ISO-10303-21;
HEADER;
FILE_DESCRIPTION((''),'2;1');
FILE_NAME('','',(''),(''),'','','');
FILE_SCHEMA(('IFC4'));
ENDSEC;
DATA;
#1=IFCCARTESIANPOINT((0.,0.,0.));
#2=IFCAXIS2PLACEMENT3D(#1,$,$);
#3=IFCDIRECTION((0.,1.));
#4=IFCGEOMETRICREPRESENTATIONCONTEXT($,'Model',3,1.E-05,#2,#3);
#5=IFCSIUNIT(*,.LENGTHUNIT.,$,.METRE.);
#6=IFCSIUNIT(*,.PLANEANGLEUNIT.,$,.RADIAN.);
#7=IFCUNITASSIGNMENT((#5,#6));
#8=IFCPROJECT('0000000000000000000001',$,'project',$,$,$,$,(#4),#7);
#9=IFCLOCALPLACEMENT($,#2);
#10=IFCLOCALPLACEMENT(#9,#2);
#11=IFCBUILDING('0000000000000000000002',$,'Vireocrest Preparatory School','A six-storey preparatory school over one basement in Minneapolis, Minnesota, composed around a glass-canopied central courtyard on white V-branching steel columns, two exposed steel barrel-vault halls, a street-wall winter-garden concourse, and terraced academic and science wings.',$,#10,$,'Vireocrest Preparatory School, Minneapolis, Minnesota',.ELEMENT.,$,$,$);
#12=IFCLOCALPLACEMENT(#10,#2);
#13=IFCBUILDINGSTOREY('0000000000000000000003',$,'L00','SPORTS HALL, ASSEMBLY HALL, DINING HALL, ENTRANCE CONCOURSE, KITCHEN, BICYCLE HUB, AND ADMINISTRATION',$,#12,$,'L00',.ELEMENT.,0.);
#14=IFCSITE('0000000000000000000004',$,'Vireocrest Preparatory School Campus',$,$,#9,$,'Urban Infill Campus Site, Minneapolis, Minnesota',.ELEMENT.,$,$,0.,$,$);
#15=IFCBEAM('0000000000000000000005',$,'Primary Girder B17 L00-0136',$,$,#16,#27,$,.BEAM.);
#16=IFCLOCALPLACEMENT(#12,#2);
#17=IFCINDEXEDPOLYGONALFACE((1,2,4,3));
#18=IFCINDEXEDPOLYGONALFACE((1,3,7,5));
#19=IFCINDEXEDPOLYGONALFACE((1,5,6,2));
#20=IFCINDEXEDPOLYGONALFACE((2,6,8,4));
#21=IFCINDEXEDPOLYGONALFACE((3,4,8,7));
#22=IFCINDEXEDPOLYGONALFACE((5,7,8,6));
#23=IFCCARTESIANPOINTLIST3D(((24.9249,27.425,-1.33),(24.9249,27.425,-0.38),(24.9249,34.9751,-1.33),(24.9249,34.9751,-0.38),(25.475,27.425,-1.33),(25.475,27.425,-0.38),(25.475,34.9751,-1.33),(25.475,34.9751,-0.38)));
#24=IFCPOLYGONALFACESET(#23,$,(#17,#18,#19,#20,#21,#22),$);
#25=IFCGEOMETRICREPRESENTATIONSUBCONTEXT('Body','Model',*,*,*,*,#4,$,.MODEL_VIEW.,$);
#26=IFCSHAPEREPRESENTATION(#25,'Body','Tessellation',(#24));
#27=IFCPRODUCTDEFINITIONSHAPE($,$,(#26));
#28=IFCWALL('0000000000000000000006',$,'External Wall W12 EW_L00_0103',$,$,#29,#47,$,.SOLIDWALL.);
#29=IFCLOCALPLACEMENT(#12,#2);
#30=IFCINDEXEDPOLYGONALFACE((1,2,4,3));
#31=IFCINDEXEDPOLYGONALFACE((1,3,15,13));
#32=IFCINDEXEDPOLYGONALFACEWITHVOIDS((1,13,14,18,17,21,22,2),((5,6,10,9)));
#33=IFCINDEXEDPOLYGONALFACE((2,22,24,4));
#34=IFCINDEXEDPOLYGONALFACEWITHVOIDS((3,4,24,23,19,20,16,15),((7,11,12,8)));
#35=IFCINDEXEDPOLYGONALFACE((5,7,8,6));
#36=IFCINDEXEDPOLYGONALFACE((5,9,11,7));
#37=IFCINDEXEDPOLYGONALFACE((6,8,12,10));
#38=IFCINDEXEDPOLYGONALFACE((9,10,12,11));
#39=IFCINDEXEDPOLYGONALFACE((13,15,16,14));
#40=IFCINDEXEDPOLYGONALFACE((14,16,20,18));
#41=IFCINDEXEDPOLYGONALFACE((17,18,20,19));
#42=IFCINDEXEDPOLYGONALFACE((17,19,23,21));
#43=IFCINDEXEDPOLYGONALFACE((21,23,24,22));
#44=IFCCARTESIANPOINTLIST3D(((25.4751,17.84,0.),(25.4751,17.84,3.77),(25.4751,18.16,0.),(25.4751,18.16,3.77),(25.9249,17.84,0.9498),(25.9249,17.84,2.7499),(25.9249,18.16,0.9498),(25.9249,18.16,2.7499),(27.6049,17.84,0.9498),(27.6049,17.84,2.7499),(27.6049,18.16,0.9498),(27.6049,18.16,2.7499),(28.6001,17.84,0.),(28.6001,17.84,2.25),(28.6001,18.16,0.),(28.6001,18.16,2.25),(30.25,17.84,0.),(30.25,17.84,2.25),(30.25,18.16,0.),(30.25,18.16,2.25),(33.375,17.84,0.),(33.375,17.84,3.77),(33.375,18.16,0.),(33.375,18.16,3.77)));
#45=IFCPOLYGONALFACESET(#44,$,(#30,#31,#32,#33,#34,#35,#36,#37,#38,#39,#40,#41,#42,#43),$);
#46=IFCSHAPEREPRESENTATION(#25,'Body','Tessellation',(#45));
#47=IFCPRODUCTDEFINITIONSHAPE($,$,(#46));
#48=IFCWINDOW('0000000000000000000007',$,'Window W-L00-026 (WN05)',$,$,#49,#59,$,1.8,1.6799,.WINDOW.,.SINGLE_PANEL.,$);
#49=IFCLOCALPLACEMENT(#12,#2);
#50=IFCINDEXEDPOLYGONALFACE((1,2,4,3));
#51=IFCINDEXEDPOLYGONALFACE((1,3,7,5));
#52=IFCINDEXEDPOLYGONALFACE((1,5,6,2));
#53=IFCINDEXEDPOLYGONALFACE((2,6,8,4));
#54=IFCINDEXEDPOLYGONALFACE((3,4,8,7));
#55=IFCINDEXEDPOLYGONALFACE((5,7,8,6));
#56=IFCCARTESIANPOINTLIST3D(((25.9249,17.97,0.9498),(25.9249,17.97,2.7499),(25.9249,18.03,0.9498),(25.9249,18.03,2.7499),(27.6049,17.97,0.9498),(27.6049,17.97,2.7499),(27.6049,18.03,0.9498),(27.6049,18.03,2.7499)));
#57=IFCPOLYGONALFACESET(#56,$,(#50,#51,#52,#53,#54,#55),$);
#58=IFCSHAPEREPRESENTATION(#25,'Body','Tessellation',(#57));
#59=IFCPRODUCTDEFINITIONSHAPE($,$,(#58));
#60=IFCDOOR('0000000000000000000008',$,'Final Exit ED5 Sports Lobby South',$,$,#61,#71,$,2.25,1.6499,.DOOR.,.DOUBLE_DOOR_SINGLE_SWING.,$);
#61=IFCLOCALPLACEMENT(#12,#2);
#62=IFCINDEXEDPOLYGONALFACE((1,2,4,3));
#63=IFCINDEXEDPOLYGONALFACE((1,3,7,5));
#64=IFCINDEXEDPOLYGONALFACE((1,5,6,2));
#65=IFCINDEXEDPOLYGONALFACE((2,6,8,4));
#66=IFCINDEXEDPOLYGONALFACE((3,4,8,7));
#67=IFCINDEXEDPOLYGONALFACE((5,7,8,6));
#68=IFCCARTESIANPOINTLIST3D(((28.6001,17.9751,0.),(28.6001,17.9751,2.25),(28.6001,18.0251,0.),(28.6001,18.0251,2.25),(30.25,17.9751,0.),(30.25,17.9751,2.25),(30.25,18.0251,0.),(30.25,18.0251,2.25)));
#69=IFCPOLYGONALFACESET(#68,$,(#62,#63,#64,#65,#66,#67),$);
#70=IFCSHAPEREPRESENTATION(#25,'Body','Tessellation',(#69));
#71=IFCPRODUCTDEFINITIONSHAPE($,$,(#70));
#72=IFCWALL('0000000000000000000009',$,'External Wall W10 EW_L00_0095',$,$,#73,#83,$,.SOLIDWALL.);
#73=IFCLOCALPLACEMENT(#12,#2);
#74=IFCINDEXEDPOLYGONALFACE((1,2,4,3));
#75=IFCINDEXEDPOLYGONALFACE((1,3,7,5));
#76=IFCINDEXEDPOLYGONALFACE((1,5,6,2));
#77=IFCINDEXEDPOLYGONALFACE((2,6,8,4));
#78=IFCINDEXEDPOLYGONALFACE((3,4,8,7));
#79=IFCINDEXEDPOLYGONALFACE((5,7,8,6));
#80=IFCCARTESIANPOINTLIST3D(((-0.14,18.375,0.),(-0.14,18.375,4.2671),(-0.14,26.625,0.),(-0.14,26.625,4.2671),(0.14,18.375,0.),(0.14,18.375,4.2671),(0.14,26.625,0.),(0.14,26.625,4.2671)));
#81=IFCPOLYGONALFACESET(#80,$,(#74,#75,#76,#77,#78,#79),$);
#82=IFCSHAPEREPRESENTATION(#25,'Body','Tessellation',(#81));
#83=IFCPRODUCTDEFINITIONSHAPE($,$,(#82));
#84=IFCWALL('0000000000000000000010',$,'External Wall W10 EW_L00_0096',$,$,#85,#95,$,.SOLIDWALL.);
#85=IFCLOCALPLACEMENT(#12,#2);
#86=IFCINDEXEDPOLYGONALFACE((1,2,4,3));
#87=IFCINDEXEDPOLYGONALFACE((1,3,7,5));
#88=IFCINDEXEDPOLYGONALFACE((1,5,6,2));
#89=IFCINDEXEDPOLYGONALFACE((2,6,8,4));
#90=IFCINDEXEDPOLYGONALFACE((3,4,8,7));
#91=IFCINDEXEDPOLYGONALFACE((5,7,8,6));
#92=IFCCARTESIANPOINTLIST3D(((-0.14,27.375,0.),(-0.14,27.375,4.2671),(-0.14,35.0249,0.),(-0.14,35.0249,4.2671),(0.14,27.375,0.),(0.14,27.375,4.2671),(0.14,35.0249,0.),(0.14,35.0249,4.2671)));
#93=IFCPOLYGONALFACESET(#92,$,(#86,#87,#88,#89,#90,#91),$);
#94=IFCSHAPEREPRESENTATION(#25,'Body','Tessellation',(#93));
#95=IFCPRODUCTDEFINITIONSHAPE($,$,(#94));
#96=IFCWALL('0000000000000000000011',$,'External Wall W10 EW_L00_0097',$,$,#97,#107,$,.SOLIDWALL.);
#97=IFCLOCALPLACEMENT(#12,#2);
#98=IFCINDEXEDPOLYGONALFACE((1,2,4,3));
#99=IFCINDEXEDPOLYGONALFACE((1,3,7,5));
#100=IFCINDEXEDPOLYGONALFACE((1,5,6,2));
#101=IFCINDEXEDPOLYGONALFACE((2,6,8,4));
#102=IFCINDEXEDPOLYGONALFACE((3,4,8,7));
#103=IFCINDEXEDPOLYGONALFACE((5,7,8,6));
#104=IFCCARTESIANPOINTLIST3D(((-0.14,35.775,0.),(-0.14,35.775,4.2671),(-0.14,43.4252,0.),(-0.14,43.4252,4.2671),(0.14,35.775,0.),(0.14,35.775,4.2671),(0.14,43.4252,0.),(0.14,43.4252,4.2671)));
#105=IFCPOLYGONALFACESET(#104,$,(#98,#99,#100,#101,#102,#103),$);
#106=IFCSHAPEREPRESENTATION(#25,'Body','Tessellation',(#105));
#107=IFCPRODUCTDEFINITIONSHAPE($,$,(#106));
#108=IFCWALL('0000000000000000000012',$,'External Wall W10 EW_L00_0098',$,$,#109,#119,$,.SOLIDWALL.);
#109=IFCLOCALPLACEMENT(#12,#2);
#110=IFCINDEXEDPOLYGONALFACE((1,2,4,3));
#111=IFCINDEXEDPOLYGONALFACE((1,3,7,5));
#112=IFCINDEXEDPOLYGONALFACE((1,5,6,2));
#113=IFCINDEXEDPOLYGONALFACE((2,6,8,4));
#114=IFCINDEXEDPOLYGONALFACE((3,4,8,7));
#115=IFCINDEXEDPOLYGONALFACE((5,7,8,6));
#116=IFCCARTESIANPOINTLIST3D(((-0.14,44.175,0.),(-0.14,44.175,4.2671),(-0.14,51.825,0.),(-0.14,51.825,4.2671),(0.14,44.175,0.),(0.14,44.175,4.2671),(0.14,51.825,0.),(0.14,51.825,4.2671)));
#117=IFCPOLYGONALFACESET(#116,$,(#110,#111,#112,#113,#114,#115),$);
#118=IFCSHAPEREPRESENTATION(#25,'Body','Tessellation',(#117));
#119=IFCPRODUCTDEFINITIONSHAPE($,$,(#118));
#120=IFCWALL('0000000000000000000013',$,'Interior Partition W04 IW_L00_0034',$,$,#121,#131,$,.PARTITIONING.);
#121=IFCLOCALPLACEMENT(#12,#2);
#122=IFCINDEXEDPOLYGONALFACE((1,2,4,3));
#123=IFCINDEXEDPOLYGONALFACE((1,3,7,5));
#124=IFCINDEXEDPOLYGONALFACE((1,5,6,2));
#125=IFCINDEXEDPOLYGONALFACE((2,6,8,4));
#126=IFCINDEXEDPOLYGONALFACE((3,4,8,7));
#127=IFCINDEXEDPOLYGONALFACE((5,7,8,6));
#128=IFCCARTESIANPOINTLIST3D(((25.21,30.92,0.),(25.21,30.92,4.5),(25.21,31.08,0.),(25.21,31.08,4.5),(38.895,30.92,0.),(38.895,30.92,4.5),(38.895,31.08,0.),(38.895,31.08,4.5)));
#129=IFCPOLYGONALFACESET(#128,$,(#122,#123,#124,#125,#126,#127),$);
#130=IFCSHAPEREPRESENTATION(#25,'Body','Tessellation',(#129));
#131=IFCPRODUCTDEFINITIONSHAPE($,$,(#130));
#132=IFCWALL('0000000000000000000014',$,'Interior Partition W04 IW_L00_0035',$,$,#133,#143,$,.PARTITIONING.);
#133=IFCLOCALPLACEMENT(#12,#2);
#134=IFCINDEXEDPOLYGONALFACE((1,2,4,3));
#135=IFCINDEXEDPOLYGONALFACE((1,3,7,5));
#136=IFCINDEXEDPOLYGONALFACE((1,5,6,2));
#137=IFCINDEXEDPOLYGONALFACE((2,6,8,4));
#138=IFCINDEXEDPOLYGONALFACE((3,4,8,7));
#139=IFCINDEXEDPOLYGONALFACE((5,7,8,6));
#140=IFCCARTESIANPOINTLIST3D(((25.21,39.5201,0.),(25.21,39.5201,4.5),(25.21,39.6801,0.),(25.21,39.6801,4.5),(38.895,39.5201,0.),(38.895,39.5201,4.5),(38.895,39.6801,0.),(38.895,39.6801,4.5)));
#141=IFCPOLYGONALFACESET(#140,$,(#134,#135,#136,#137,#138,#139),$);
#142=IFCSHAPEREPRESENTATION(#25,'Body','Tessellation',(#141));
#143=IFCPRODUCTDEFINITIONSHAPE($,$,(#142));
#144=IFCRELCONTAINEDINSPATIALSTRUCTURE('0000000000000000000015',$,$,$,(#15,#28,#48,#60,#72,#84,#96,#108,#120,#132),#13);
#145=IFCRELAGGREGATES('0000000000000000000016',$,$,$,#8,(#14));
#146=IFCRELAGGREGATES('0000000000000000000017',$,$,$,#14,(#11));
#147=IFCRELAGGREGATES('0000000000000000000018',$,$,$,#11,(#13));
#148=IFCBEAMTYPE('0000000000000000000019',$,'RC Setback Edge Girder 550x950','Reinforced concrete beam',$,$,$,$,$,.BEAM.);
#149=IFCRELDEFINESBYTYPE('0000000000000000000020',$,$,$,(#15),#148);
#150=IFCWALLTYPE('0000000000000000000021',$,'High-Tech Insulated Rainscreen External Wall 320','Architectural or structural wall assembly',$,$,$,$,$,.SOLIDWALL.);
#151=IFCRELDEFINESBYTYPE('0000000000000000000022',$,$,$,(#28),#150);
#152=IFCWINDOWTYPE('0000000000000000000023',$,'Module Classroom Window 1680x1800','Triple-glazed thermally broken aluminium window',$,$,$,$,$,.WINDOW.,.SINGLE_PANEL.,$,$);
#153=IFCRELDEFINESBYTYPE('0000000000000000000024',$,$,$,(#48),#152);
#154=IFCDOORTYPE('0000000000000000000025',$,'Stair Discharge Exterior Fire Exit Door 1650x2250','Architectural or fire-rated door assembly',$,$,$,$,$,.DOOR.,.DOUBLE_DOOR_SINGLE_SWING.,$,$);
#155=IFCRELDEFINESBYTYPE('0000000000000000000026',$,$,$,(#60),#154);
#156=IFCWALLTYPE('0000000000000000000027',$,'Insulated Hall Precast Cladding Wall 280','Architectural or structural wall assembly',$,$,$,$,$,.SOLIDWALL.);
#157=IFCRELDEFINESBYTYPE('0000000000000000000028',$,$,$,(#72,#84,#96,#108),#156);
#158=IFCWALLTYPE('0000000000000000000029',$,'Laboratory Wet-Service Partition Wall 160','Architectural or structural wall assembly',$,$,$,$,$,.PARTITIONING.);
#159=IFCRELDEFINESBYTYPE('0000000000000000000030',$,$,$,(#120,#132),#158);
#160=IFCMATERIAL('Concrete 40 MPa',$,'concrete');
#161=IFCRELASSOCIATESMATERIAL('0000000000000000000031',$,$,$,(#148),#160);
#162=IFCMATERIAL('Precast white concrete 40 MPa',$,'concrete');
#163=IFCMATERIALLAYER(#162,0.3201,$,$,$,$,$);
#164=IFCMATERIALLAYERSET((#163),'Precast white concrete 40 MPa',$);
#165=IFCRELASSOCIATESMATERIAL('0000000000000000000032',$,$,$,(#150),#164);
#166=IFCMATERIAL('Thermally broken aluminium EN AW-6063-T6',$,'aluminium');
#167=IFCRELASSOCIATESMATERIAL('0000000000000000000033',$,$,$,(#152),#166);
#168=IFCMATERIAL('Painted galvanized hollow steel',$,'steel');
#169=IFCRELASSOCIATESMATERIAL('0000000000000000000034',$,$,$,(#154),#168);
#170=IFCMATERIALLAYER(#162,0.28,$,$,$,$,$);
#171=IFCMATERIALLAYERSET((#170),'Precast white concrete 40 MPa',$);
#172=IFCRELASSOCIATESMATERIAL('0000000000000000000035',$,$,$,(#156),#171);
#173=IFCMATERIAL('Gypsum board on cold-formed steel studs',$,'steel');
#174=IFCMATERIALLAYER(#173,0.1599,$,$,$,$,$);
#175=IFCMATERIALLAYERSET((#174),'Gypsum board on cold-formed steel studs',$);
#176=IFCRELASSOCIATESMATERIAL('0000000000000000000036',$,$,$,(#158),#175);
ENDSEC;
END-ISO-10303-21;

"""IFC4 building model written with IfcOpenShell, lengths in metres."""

from ifc_helpers import new_model, si_unit, direction, frame, frame_2d, origin, origin_2d, place, context, subcontext, project, spatial, rectangle, extrude, material, layer, layer_set, material_profile, profile_set, type_object, element, fill, save


model = new_model("IFC4")

# Units and contexts
model_context = context("Model", 3, precision=1e-05, world=origin(), true_north=direction((0.0, 1.0)))
body_context = subcontext(model_context, "Body", "Model", "MODEL_VIEW")
ifc_project = project(units=[si_unit("LENGTHUNIT", "METRE"), si_unit("PLANEANGLEUNIT", "RADIAN")], contexts=[model_context])

# Site, building, storey
site_placement = place(None, origin())
site = spatial("IfcSite", under=ifc_project, at=site_placement, Name="Vireocrest Preparatory School Campus", LongName="Urban Infill Campus Site, Minneapolis, Minnesota", CompositionType="ELEMENT", RefElevation=0.0)
building_placement = place(site_placement, origin())
building = spatial("IfcBuilding", under=site, at=building_placement, Name="Vireocrest Preparatory School", Description="A six-storey preparatory school over one basement in Minneapolis, Minnesota, composed around a glass-canopied central courtyard on white V-branching steel columns, two exposed steel barrel-vault halls, a street-wall winter-garden concourse, and terraced academic and science wings.", LongName="Vireocrest Preparatory School, Minneapolis, Minnesota", CompositionType="ELEMENT")
storey_placement = place(building_placement, origin())
storey = spatial("IfcBuildingStorey", under=building, at=storey_placement, Name="L00", Description="SPORTS HALL, ASSEMBLY HALL, DINING HALL, ENTRANCE CONCOURSE, KITCHEN, BICYCLE HUB, AND ADMINISTRATION", LongName="L00", CompositionType="ELEMENT", Elevation=0.0)

# Beam
ifc_material_1 = material(Name="Concrete 40 MPa", Category="concrete")
ifc_material_profile_1 = material_profile(ifc_material_1, rectangle(XDim=0.55, YDim=0.95, at=origin_2d()), Name="RC 550x950")
ifc_profile_set_1 = profile_set([ifc_material_profile_1], Name="Concrete 40 MPa")
beam_type_1 = type_object("IfcBeamType", Name="RC Setback Edge Girder 550x950", Description="Reinforced concrete beam", PredefinedType="BEAM", material=ifc_profile_set_1)
beam_1_placement = place(storey_placement, frame((25.2, 27.425, -0.855), z_axis=(0.0, 1.0, 0.0), x_axis=(-1.0, 0.0, 0.0)))
element("IfcBeam", 1, at=beam_1_placement, inside=storey, type_object=beam_type_1, Name="Primary Girder B17 L00-0136", PredefinedType="BEAM", context=body_context, shape_type="SweptSolid", body=[
    extrude(rectangle(XDim=0.55, YDim=0.95, at=origin_2d()), origin(), (0.0, 0.0, 1.0), 7.55),
])

# Wall, openings, window, door
ifc_material_2 = material(Name="Precast white concrete 40 MPa", Category="concrete")
ifc_layer_1 = layer(ifc_material_2, 0.3201)
ifc_layer_set_1 = layer_set([ifc_layer_1], Name="Precast white concrete 40 MPa")
wall_type_1 = type_object("IfcWallType", Name="High-Tech Insulated Rainscreen External Wall 320", Description="Architectural or structural wall assembly", PredefinedType="SOLIDWALL", material=ifc_layer_set_1)
wall_1_placement = place(storey_placement, frame((25.4751, 18.0, 0.0), z_axis=(0.0, 0.0, 1.0), x_axis=(1.0, 0.0, 0.0)))
wall_1 = element("IfcWall", 2, at=wall_1_placement, inside=storey, type_object=wall_type_1, Name="External Wall W12 EW_L00_0103", PredefinedType="SOLIDWALL", context=body_context, shape_type="SweptSolid", body=[
    extrude(rectangle(XDim=7.8999, YDim=0.3201, at=frame_2d((3.95, 0.0))), origin(), (0.0, 0.0, 1.0), 3.77),
])
opening_1_placement = place(wall_1_placement, frame((4.7749, 0.0, 0.0), z_axis=(0.0, 0.0, 1.0), x_axis=(-1.0, 0.0, 0.0)))
opening_1 = element("IfcOpeningElement", 3, at=opening_1_placement, cuts=wall_1, PredefinedType="OPENING", context=body_context, shape_type="SweptSolid", body=[
    extrude(rectangle(XDim=1.6499, YDim=2.25, at=frame_2d((0.825, 1.125))), frame((0.0, 0.1699, 0.0), z_axis=(0.0, -1.0, 0.0), x_axis=(1.0, 0.0, 0.0)), (0.0, 0.0, 1.0), 0.3401),
])
opening_2_placement = place(wall_1_placement, frame((0.45, 0.0, 0.95)))
opening_2 = element("IfcOpeningElement", 4, at=opening_2_placement, cuts=wall_1, PredefinedType="OPENING", context=body_context, shape_type="SweptSolid", body=[
    extrude(rectangle(XDim=1.6799, YDim=1.8, at=frame_2d((0.8398, 0.8999))), frame((0.0, 0.1699, 0.0), z_axis=(0.0, -1.0, 0.0), x_axis=(1.0, 0.0, 0.0)), (0.0, 0.0, 1.0), 0.3401),
])
ifc_material_3 = material(Name="Thermally broken aluminium EN AW-6063-T6", Category="aluminium")
window_type = type_object("IfcWindowType", Name="Module Classroom Window 1680x1800", Description="Triple-glazed thermally broken aluminium window", PartitioningType="SINGLE_PANEL", PredefinedType="WINDOW", material=ifc_material_3)
window_placement = place(opening_2_placement, origin())
window = element("IfcWindow", 5, at=window_placement, inside=storey, type_object=window_type, Name="Window W-L00-026 (WN05)", OverallHeight=1.8, OverallWidth=1.6799, PartitioningType="SINGLE_PANEL", PredefinedType="WINDOW", context=body_context, shape_type="SweptSolid", body=[
    extrude(rectangle(XDim=1.6799, YDim=1.8, at=frame_2d((0.8398, 0.8999))), frame((0.0, 0.03, 0.0), z_axis=(0.0, -1.0, 0.0), x_axis=(1.0, 0.0, 0.0)), (0.0, 0.0, 1.0), 0.0601),
])
fill(opening_2, window)
ifc_material_4 = material(Name="Painted galvanized hollow steel", Category="steel")
door_type_1 = type_object("IfcDoorType", Name="Stair Discharge Exterior Fire Exit Door 1650x2250", Description="Architectural or fire-rated door assembly", OperationType="DOUBLE_DOOR_SINGLE_SWING", PredefinedType="DOOR", material=ifc_material_4)
door_1_placement = place(opening_1_placement, origin())
door_1 = element("IfcDoor", 6, at=door_1_placement, inside=storey, type_object=door_type_1, Name="Final Exit ED5 Sports Lobby South", OperationType="DOUBLE_DOOR_SINGLE_SWING", OverallHeight=2.25, OverallWidth=1.6499, PredefinedType="DOOR", context=body_context, shape_type="SweptSolid", body=[
    extrude(rectangle(XDim=1.6499, YDim=2.25, at=frame_2d((0.825, 1.125))), frame((0.0, 0.0249, 0.0), z_axis=(0.0, -1.0, 0.0), x_axis=(1.0, 0.0, 0.0)), (0.0, 0.0, 1.0), 0.05),
])
fill(opening_1, door_1)

# Walls
ifc_layer_2 = layer(ifc_material_2, 0.28)
ifc_layer_set_2 = layer_set([ifc_layer_2], Name="Precast white concrete 40 MPa")
wall_type_2 = type_object("IfcWallType", Name="Insulated Hall Precast Cladding Wall 280", Description="Architectural or structural wall assembly", PredefinedType="SOLIDWALL", material=ifc_layer_set_2)
wall_2_placement = place(storey_placement, frame((0.0, 18.375, 0.0), z_axis=(0.0, 0.0, 1.0), x_axis=(0.0, 1.0, 0.0)))
element("IfcWall", 7, at=wall_2_placement, inside=storey, type_object=wall_type_2, Name="External Wall W10 EW_L00_0095", PredefinedType="SOLIDWALL", context=body_context, shape_type="SweptSolid", body=[
    extrude(rectangle(XDim=8.25, YDim=0.28, at=frame_2d((4.125, 0.0))), origin(), (0.0, 0.0, 1.0), 4.2671),
])
wall_3_placement = place(storey_placement, frame((0.0, 27.375, 0.0), z_axis=(0.0, 0.0, 1.0), x_axis=(0.0, 1.0, 0.0)))
element("IfcWall", 8, at=wall_3_placement, inside=storey, type_object=wall_type_2, Name="External Wall W10 EW_L00_0096", PredefinedType="SOLIDWALL", context=body_context, shape_type="SweptSolid", body=[
    extrude(rectangle(XDim=7.6499, YDim=0.28, at=frame_2d((3.825, 0.0))), origin(), (0.0, 0.0, 1.0), 4.2671),
])
wall_4_placement = place(storey_placement, frame((0.0, 35.7749, 0.0), z_axis=(0.0, 0.0, 1.0), x_axis=(0.0, 1.0, 0.0)))
element("IfcWall", 9, at=wall_4_placement, inside=storey, type_object=wall_type_2, Name="External Wall W10 EW_L00_0097", PredefinedType="SOLIDWALL", context=body_context, shape_type="SweptSolid", body=[
    extrude(rectangle(XDim=7.6501, YDim=0.28, at=frame_2d((3.8252, 0.0))), origin(), (0.0, 0.0, 1.0), 4.2671),
])
wall_5_placement = place(storey_placement, frame((0.0, 44.175, 0.0), z_axis=(0.0, 0.0, 1.0), x_axis=(0.0, 1.0, 0.0)))
element("IfcWall", 10, at=wall_5_placement, inside=storey, type_object=wall_type_2, Name="External Wall W10 EW_L00_0098", PredefinedType="SOLIDWALL", context=body_context, shape_type="SweptSolid", body=[
    extrude(rectangle(XDim=7.6499, YDim=0.28, at=frame_2d((3.825, 0.0))), origin(), (0.0, 0.0, 1.0), 4.2671),
])

# Walls
ifc_material_5 = material(Name="Gypsum board on cold-formed steel studs", Category="steel")
ifc_layer_3 = layer(ifc_material_5, 0.1599)
ifc_layer_set_3 = layer_set([ifc_layer_3], Name="Gypsum board on cold-formed steel studs")
wall_type_3 = type_object("IfcWallType", Name="Laboratory Wet-Service Partition Wall 160", Description="Architectural or structural wall assembly", PredefinedType="PARTITIONING", material=ifc_layer_set_3)
for number, where, z_axis, x_axis, name in (
    (11, (25.21, 31.0, 0.0), (0.0, 0.0, 1.0), (1.0, 0.0, 0.0), "Interior Partition W04 IW_L00_0034"),
    (12, (25.21, 39.6001, 0.0), (0.0, 0.0, 1.0), (1.0, 0.0, 0.0), "Interior Partition W04 IW_L00_0035"),
):
    element("IfcWall", number, at=place(storey_placement, frame(where, z_axis=z_axis, x_axis=x_axis)), inside=storey, type_object=wall_type_3, Name=name, PredefinedType="PARTITIONING", context=body_context, shape_type="SweptSolid", body=[
        extrude(rectangle(XDim=13.6851, YDim=0.1599, at=frame_2d((6.8425, 0.0))), origin(), (0.0, 0.0, 1.0), 4.5),
    ])

save(model, "model.ifc")
